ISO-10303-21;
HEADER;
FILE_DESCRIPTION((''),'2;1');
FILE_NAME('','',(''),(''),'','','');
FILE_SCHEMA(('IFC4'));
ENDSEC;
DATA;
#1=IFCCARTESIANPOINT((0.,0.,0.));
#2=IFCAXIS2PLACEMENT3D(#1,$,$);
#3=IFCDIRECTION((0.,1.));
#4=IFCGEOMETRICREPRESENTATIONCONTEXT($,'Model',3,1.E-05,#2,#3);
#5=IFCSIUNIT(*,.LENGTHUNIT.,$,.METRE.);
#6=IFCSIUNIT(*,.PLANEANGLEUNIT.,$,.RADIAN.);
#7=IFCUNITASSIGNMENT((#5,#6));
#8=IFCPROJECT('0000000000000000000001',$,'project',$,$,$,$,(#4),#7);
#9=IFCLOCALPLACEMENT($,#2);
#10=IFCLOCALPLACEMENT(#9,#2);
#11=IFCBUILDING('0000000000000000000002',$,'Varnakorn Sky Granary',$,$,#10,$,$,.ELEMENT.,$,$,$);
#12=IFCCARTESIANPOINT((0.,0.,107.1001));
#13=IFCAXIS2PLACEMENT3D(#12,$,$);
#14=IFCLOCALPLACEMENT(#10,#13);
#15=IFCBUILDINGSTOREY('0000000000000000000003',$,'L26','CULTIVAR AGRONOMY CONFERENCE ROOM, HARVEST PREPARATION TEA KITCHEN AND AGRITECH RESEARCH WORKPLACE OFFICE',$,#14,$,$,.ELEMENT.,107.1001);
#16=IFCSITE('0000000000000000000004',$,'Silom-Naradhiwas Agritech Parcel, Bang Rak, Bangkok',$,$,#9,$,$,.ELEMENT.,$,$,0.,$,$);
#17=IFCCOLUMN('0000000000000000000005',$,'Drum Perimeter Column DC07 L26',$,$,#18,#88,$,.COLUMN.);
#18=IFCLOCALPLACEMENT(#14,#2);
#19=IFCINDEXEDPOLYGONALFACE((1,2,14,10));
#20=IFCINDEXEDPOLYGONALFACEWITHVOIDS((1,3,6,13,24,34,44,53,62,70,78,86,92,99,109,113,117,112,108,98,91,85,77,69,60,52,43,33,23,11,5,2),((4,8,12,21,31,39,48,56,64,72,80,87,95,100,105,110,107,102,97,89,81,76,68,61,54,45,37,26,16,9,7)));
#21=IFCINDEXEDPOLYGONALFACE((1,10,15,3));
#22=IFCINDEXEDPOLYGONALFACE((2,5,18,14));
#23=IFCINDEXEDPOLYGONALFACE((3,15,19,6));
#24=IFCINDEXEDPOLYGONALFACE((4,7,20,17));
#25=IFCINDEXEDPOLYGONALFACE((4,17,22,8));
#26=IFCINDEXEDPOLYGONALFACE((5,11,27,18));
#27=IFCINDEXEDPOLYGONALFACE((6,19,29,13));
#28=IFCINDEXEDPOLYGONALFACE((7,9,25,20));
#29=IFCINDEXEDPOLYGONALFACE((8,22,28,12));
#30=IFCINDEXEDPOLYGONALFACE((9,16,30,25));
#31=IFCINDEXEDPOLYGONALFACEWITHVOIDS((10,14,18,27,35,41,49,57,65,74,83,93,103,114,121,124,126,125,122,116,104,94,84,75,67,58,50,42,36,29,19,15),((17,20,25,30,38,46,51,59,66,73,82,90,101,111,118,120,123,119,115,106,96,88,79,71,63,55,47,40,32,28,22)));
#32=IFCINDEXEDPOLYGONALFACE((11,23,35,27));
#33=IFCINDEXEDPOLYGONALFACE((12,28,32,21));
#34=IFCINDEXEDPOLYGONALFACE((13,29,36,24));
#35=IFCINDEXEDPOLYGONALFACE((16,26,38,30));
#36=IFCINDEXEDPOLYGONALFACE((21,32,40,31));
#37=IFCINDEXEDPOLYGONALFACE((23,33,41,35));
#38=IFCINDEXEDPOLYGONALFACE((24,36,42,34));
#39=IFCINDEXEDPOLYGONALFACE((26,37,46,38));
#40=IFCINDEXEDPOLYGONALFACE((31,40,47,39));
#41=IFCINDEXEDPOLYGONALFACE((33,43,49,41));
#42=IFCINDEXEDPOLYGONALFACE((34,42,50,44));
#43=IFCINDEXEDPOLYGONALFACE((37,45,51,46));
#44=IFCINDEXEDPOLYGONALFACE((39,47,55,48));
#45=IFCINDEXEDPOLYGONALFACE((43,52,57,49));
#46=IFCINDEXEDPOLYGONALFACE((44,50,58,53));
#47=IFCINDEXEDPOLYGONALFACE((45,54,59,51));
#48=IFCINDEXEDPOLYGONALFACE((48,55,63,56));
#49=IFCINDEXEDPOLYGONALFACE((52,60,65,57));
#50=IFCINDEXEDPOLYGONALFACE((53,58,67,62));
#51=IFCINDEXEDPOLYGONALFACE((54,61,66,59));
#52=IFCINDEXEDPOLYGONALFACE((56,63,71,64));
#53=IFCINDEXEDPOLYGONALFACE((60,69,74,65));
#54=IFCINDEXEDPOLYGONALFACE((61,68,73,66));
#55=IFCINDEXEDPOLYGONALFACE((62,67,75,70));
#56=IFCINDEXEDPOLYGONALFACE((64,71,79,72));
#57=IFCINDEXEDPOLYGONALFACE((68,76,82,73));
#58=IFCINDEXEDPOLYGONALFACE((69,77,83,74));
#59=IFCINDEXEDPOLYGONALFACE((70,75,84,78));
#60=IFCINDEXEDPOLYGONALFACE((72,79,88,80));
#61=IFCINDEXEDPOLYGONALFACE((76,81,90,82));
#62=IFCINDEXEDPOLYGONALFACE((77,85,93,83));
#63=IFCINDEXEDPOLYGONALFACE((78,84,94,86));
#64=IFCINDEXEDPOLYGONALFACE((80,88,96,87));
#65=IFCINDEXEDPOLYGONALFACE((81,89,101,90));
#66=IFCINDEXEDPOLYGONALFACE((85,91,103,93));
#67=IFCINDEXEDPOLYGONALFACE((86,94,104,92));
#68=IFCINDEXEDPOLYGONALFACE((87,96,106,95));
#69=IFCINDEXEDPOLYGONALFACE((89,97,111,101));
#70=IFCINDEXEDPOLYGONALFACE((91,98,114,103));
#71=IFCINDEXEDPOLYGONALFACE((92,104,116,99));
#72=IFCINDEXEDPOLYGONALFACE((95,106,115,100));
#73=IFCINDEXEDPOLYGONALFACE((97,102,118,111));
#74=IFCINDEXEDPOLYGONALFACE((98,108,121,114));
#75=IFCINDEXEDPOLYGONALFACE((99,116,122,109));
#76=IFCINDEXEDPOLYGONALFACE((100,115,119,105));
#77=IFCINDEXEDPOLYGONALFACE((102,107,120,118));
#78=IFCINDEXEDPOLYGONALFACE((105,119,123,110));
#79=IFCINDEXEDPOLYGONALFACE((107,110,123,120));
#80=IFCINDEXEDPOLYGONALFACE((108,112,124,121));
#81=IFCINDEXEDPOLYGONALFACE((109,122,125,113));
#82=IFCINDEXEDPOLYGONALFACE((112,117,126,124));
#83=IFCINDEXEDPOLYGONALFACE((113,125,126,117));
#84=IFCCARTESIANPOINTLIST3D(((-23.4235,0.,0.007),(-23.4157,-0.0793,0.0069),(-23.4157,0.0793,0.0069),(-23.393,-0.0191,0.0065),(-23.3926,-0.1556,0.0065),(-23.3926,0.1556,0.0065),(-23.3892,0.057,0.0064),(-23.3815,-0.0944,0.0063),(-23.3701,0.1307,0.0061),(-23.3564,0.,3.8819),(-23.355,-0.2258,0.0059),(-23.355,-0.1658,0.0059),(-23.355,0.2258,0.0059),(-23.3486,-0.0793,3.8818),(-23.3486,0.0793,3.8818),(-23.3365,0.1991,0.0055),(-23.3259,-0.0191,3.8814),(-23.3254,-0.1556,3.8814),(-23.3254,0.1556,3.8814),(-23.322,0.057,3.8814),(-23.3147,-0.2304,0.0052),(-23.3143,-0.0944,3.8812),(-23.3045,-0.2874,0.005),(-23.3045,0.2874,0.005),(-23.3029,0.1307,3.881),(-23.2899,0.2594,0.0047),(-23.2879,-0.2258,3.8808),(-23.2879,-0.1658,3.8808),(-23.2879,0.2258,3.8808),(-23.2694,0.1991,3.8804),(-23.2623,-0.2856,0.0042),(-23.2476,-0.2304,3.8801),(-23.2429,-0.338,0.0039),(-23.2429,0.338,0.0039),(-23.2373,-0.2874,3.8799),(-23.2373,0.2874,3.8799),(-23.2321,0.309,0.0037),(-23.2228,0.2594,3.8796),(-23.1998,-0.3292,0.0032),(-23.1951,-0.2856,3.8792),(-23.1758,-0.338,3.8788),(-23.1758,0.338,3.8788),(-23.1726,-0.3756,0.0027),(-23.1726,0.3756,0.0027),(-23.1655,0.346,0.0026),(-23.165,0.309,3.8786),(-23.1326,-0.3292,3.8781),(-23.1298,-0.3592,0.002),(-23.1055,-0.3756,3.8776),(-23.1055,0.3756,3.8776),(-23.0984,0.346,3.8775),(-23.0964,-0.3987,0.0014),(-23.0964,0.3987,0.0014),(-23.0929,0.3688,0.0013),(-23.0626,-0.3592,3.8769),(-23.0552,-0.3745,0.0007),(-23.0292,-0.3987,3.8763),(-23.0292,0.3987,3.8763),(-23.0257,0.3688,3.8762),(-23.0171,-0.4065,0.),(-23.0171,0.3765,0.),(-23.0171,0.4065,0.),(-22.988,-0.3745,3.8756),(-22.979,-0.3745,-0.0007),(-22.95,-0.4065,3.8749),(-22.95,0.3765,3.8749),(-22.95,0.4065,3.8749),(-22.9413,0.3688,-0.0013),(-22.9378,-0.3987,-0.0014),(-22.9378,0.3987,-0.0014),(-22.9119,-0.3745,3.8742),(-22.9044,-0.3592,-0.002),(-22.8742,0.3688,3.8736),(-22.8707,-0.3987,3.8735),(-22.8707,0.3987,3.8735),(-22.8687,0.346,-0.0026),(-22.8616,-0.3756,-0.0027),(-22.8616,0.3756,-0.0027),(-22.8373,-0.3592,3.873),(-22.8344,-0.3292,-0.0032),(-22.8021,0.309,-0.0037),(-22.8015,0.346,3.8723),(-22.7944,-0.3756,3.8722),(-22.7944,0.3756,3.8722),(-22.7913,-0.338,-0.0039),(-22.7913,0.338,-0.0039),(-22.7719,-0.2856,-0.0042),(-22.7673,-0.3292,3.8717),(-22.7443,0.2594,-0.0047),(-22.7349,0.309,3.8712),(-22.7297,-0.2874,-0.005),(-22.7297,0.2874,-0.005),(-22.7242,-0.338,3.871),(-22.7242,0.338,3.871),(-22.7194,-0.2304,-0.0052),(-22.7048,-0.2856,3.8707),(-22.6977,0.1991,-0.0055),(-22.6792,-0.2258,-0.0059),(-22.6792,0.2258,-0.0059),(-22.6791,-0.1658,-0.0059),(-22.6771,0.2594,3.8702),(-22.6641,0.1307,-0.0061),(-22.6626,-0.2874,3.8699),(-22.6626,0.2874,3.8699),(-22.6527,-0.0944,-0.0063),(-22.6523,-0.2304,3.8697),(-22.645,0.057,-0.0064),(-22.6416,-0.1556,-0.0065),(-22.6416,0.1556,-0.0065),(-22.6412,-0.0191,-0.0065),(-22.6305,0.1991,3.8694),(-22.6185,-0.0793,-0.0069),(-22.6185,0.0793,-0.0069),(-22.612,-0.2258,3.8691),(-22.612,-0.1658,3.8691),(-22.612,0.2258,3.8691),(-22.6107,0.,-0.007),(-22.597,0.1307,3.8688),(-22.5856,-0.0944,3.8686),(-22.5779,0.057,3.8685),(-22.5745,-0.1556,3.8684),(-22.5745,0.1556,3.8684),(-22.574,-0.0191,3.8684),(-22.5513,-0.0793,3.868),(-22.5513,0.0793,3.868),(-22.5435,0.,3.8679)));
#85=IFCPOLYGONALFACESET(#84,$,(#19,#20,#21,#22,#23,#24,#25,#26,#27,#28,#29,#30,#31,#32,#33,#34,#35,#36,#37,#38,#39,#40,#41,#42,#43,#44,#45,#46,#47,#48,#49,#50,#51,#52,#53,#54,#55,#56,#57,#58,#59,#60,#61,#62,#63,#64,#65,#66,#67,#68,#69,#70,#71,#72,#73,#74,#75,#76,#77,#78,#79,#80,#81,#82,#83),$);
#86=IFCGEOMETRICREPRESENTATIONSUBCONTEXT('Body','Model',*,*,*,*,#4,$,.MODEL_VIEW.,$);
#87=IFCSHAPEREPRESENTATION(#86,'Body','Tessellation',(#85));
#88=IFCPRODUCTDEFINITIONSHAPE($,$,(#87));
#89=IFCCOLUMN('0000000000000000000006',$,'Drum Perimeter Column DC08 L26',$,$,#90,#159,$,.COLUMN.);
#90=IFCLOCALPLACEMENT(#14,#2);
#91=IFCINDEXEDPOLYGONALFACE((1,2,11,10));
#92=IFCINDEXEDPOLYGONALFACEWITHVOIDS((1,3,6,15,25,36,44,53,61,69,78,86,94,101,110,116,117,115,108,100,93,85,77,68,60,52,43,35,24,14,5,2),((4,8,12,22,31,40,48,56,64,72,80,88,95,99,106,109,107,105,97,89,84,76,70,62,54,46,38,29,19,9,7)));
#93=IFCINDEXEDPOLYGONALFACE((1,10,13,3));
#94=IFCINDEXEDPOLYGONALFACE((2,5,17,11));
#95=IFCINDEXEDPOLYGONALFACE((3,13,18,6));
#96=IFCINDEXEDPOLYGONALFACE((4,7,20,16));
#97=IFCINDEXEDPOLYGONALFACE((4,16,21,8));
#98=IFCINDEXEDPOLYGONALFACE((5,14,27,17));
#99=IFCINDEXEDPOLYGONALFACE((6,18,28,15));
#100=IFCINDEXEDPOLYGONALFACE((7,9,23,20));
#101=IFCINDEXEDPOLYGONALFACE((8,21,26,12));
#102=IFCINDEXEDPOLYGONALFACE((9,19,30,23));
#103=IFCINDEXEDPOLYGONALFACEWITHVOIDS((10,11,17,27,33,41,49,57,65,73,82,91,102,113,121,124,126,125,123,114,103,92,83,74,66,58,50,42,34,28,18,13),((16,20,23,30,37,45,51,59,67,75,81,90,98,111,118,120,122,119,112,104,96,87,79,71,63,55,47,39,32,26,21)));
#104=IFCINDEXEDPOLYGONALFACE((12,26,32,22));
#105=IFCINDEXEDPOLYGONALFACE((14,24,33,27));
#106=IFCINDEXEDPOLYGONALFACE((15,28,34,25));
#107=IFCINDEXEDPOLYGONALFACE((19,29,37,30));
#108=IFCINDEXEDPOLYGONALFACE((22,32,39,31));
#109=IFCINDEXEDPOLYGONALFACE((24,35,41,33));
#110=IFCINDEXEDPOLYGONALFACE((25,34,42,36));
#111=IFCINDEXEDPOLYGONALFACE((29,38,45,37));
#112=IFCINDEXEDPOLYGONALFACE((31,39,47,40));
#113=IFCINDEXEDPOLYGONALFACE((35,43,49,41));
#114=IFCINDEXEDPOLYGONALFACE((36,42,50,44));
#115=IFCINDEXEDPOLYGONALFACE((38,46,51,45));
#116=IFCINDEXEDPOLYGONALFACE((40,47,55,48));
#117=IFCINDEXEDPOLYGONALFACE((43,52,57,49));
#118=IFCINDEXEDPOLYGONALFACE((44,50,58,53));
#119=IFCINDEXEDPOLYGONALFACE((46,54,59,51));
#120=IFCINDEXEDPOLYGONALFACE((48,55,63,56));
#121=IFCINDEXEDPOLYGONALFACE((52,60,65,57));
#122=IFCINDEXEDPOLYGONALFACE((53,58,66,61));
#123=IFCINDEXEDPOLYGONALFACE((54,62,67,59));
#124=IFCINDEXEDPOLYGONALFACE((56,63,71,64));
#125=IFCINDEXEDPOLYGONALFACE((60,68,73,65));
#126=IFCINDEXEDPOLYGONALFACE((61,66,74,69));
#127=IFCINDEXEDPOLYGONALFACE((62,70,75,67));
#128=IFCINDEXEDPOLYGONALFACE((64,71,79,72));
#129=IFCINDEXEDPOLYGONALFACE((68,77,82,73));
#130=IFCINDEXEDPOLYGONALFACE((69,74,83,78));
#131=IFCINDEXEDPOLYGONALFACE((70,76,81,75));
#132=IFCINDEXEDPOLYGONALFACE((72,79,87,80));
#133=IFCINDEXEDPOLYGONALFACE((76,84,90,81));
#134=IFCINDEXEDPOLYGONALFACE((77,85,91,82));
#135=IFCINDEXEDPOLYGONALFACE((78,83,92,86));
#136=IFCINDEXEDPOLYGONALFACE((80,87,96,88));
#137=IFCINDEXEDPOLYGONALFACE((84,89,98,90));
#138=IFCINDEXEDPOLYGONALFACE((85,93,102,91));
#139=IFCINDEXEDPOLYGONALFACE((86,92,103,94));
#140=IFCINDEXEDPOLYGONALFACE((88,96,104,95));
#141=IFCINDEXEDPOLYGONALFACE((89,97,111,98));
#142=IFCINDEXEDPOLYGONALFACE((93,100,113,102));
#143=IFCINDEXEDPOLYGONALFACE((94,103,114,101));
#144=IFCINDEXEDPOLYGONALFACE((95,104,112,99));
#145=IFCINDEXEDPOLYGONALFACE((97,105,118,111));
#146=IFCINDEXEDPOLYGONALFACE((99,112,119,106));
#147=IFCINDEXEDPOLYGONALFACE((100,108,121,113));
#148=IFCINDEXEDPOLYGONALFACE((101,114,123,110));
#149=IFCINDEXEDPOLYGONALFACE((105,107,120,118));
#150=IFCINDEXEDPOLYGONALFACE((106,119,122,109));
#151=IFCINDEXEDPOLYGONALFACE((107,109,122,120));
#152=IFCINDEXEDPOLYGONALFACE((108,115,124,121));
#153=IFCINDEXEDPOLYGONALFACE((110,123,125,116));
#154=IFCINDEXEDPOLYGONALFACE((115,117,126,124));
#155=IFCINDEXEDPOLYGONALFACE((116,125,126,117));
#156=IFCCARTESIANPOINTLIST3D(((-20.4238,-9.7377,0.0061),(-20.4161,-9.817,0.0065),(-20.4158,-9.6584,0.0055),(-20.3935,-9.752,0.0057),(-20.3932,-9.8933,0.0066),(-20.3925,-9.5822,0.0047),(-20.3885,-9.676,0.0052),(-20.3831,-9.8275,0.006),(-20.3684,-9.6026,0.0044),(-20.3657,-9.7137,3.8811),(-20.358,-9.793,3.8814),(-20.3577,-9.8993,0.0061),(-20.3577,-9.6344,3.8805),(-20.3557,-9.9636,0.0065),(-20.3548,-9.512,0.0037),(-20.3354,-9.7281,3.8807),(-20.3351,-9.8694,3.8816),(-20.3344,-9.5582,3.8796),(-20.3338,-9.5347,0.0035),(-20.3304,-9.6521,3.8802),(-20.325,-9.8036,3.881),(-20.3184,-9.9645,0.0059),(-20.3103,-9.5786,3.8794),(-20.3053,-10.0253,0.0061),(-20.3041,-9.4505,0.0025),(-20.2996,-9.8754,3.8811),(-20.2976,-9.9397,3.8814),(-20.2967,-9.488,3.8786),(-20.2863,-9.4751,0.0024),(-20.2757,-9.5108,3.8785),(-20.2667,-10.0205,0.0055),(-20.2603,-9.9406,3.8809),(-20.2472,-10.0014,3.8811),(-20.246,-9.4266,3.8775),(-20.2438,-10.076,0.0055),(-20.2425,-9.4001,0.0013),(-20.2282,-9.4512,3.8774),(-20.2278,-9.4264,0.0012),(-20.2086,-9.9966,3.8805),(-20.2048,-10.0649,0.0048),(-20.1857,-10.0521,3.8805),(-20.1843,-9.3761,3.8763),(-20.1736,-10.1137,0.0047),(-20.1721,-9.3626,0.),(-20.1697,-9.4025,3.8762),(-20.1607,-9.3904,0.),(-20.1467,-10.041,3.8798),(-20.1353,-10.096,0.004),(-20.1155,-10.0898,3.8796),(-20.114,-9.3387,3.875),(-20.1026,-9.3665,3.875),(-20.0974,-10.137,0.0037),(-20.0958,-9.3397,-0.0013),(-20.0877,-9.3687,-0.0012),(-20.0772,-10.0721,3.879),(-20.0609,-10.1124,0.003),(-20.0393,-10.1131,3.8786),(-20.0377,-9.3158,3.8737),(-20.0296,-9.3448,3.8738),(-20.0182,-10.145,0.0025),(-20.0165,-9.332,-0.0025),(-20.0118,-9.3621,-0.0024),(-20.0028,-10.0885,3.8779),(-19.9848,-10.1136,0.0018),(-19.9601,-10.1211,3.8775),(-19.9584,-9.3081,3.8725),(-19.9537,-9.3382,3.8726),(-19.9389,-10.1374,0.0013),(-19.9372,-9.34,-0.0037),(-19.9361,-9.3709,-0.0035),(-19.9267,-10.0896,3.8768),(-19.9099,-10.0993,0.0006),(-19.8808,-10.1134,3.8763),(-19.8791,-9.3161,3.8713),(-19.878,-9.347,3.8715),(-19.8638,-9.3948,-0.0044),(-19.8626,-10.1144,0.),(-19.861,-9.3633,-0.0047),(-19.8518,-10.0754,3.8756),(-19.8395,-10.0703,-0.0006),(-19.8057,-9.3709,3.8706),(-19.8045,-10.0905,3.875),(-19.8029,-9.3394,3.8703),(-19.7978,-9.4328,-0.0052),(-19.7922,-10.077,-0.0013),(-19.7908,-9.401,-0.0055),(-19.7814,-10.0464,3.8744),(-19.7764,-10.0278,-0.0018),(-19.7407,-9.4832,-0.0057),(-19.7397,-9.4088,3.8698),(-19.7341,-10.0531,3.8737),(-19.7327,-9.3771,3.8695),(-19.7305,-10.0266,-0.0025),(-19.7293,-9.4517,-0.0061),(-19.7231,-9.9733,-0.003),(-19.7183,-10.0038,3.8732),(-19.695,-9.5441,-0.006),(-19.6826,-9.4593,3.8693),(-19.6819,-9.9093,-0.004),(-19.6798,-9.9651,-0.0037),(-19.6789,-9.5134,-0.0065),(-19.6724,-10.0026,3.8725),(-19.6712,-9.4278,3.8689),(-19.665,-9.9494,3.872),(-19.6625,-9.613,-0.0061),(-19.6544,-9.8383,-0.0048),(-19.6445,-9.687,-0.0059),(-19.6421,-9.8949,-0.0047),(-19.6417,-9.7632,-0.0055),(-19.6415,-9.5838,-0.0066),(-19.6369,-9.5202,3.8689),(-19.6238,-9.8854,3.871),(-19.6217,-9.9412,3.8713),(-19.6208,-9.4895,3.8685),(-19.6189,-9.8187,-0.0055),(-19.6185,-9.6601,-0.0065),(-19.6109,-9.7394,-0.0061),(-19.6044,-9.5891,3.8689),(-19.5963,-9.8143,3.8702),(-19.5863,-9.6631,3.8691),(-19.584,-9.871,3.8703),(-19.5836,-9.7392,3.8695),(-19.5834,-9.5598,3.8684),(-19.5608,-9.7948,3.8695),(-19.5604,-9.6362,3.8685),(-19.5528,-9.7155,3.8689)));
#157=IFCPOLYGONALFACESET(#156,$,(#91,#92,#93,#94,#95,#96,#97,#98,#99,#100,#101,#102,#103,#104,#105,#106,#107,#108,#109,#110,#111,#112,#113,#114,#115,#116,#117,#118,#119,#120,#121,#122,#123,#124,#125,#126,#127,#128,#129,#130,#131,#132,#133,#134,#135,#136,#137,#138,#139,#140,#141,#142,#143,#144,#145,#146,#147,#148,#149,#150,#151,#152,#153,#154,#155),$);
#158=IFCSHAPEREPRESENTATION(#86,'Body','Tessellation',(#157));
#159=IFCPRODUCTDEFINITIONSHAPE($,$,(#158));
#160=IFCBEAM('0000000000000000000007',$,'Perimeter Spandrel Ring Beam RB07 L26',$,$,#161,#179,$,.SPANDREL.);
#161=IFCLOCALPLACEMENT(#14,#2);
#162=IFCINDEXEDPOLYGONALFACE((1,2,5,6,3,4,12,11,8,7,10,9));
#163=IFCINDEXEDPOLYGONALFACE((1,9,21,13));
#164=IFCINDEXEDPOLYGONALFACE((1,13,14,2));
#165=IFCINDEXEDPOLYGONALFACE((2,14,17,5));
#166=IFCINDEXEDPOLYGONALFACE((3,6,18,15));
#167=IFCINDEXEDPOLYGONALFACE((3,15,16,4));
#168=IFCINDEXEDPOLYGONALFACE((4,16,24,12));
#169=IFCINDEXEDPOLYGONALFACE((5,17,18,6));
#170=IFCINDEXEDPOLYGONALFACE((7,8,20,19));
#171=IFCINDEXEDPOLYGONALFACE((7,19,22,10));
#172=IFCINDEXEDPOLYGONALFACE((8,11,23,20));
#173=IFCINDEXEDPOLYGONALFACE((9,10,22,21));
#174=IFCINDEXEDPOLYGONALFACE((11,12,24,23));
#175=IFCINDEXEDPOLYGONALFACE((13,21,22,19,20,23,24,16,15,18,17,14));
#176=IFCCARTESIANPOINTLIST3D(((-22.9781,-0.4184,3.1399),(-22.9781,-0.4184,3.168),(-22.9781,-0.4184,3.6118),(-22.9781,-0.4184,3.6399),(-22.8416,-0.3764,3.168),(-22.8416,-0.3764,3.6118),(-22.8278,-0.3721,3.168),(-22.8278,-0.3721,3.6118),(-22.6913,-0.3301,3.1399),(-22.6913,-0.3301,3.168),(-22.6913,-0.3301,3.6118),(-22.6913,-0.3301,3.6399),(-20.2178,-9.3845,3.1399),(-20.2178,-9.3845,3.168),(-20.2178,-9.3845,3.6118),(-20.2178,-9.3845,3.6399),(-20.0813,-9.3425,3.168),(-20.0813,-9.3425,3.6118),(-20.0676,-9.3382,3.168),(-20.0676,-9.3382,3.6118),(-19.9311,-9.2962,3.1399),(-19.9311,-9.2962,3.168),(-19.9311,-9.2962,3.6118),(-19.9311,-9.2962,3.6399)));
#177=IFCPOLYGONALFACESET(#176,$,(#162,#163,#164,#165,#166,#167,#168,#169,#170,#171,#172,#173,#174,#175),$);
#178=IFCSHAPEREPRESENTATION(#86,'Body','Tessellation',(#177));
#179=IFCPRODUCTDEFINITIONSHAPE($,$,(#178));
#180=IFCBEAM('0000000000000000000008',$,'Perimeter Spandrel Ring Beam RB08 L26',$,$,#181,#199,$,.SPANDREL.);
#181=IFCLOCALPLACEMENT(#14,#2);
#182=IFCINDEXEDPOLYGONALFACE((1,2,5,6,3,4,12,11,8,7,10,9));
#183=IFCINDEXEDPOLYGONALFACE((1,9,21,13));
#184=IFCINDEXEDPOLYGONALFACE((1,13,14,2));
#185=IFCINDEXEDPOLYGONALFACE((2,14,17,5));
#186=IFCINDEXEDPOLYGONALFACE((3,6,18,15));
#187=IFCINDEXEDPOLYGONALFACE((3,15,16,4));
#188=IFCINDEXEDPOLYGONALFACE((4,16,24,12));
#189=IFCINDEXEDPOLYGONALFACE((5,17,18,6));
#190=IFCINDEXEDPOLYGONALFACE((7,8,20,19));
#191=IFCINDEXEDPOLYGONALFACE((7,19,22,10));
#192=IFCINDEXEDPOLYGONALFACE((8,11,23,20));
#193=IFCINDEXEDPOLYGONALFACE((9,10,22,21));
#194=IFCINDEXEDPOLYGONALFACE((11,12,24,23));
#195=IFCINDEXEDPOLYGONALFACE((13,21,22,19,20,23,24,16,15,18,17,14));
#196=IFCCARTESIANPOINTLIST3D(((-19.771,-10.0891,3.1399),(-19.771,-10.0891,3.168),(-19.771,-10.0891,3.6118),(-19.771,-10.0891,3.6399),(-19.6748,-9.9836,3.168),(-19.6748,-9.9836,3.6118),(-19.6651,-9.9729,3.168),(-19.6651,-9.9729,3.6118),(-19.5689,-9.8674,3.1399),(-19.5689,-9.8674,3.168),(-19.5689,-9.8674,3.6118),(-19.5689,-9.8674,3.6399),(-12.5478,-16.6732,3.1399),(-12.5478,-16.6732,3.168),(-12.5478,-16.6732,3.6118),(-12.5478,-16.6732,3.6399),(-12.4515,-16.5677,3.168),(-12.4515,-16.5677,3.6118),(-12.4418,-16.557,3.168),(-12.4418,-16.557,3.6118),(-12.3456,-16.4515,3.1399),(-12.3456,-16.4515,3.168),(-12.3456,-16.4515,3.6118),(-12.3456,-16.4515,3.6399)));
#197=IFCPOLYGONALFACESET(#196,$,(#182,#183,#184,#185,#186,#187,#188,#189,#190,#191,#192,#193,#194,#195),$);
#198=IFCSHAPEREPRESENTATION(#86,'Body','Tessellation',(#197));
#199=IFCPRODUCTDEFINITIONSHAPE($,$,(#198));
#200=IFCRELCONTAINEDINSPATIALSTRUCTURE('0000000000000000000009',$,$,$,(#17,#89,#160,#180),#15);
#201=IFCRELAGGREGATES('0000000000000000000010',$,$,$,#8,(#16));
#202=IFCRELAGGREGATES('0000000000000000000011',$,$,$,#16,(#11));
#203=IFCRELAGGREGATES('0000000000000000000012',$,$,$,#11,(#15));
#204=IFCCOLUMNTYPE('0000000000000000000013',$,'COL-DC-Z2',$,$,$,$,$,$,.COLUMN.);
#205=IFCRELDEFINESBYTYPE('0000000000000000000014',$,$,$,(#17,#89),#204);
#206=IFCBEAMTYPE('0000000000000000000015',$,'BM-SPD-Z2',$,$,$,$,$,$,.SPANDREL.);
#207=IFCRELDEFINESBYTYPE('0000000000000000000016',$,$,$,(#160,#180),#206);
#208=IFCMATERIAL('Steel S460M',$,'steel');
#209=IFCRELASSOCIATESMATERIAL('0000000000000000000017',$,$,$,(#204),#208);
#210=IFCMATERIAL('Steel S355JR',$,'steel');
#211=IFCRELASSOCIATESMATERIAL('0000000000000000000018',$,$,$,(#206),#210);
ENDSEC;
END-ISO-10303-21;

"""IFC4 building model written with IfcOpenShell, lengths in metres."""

from ifc_helpers import new_model, si_unit, direction, frame, origin, origin_2d, place, context, subcontext, project, spatial, hollow_circle, i_section, extrude, material, material_profile, profile_set, type_object, element, save


model = new_model("IFC4")

# Units and contexts
model_context = context("Model", 3, precision=1e-05, world=origin(), true_north=direction((0.0, 1.0)))
body_context = subcontext(model_context, "Body", "Model", "MODEL_VIEW")
ifc_project = project(units=[si_unit("LENGTHUNIT", "METRE"), si_unit("PLANEANGLEUNIT", "RADIAN")], contexts=[model_context])

# Site, building, storey
site_placement = place(None, origin())
site = spatial("IfcSite", under=ifc_project, at=site_placement, Name="Silom-Naradhiwas Agritech Parcel, Bang Rak, Bangkok", CompositionType="ELEMENT", RefElevation=0.0)
building_placement = place(site_placement, origin())
building = spatial("IfcBuilding", under=site, at=building_placement, Name="Varnakorn Sky Granary", CompositionType="ELEMENT")
storey_placement = place(building_placement, frame((0.0, 0.0, 107.1001)))
storey = spatial("IfcBuildingStorey", under=building, at=storey_placement, Name="L26", Description="CULTIVAR AGRONOMY CONFERENCE ROOM, HARVEST PREPARATION TEA KITCHEN AND AGRITECH RESEARCH WORKPLACE OFFICE", CompositionType="ELEMENT", Elevation=107.1001)

# Columns
ifc_material_1 = material(Name="Steel S460M", Category="steel")
ifc_material_profile_1 = material_profile(ifc_material_1, hollow_circle(Radius=0.4065, WallThickness=0.03, at=origin_2d()), Name="CHS 813x30")
ifc_profile_set_1 = profile_set([ifc_material_profile_1], Name="Steel S460M")
column_type = type_object("IfcColumnType", Name="COL-DC-Z2", PredefinedType="COLUMN", material=ifc_profile_set_1)
for number, where, z_axis, x_axis, name in (
    (1, (-23.0171, 0.0, 0.0), (0.017324, 0.0, 0.99985), (0.0, 1.0, 0.0), "Drum Perimeter Column DC07 L26"),
    (2, (-20.0173, -9.7385, 0.0), (0.014993, 0.006174, 0.999869), (-0.38075, 0.924678, 0.0), "Drum Perimeter Column DC08 L26"),
):
    element("IfcColumn", number, at=place(storey_placement, frame(where, z_axis=z_axis, x_axis=x_axis)), inside=storey, type_object=column_type, Name=name, PredefinedType="COLUMN", context=body_context, shape_type="SweptSolid", body=[
        extrude(hollow_circle(Radius=0.4065, WallThickness=0.03, at=origin_2d()), origin(), (0.0, 0.0, 1.0), 3.8755),
    ])

# Beams
ifc_material_2 = material(Name="Steel S355JR", Category="steel")
ifc_material_profile_2 = material_profile(ifc_material_2, i_section(OverallWidth=0.3, OverallDepth=0.5, WebThickness=0.0144, FlangeThickness=0.0281, at=origin_2d()), Name="HE 500 B")
ifc_profile_set_2 = profile_set([ifc_material_profile_2], Name="Steel S355JR")
beam_type = type_object("IfcBeamType", Name="BM-SPD-Z2", PredefinedType="SPANDREL", material=ifc_profile_set_2)
beam_1_placement = place(storey_placement, frame((-22.8347, -0.3743, 3.3899), z_axis=(0.294228, -0.955735, 0.0), x_axis=(0.955735, 0.294228, 0.0)))
element("IfcBeam", 3, at=beam_1_placement, inside=storey, type_object=beam_type, Name="Perimeter Spandrel Ring Beam RB07 L26", PredefinedType="SPANDREL", context=body_context, shape_type="SweptSolid", body=[
    extrude(i_section(OverallWidth=0.3, OverallDepth=0.5, WebThickness=0.0144, FlangeThickness=0.0281, at=origin_2d()), origin(), (0.0, 0.0, 1.0), 9.3813),
])
beam_2_placement = place(storey_placement, frame((-19.6699, -9.9783, 3.3899), z_axis=(0.739049, -0.673652, 0.0), x_axis=(0.673652, 0.739049, 0.0)))
element("IfcBeam", 4, at=beam_2_placement, inside=storey, type_object=beam_type, Name="Perimeter Spandrel Ring Beam RB08 L26", PredefinedType="SPANDREL", context=body_context, shape_type="SweptSolid", body=[
    extrude(i_section(OverallWidth=0.3, OverallDepth=0.5, WebThickness=0.0144, FlangeThickness=0.0281, at=origin_2d()), origin(), (0.0, 0.0, 1.0), 9.7737),
])

save(model, "model.ifc")
